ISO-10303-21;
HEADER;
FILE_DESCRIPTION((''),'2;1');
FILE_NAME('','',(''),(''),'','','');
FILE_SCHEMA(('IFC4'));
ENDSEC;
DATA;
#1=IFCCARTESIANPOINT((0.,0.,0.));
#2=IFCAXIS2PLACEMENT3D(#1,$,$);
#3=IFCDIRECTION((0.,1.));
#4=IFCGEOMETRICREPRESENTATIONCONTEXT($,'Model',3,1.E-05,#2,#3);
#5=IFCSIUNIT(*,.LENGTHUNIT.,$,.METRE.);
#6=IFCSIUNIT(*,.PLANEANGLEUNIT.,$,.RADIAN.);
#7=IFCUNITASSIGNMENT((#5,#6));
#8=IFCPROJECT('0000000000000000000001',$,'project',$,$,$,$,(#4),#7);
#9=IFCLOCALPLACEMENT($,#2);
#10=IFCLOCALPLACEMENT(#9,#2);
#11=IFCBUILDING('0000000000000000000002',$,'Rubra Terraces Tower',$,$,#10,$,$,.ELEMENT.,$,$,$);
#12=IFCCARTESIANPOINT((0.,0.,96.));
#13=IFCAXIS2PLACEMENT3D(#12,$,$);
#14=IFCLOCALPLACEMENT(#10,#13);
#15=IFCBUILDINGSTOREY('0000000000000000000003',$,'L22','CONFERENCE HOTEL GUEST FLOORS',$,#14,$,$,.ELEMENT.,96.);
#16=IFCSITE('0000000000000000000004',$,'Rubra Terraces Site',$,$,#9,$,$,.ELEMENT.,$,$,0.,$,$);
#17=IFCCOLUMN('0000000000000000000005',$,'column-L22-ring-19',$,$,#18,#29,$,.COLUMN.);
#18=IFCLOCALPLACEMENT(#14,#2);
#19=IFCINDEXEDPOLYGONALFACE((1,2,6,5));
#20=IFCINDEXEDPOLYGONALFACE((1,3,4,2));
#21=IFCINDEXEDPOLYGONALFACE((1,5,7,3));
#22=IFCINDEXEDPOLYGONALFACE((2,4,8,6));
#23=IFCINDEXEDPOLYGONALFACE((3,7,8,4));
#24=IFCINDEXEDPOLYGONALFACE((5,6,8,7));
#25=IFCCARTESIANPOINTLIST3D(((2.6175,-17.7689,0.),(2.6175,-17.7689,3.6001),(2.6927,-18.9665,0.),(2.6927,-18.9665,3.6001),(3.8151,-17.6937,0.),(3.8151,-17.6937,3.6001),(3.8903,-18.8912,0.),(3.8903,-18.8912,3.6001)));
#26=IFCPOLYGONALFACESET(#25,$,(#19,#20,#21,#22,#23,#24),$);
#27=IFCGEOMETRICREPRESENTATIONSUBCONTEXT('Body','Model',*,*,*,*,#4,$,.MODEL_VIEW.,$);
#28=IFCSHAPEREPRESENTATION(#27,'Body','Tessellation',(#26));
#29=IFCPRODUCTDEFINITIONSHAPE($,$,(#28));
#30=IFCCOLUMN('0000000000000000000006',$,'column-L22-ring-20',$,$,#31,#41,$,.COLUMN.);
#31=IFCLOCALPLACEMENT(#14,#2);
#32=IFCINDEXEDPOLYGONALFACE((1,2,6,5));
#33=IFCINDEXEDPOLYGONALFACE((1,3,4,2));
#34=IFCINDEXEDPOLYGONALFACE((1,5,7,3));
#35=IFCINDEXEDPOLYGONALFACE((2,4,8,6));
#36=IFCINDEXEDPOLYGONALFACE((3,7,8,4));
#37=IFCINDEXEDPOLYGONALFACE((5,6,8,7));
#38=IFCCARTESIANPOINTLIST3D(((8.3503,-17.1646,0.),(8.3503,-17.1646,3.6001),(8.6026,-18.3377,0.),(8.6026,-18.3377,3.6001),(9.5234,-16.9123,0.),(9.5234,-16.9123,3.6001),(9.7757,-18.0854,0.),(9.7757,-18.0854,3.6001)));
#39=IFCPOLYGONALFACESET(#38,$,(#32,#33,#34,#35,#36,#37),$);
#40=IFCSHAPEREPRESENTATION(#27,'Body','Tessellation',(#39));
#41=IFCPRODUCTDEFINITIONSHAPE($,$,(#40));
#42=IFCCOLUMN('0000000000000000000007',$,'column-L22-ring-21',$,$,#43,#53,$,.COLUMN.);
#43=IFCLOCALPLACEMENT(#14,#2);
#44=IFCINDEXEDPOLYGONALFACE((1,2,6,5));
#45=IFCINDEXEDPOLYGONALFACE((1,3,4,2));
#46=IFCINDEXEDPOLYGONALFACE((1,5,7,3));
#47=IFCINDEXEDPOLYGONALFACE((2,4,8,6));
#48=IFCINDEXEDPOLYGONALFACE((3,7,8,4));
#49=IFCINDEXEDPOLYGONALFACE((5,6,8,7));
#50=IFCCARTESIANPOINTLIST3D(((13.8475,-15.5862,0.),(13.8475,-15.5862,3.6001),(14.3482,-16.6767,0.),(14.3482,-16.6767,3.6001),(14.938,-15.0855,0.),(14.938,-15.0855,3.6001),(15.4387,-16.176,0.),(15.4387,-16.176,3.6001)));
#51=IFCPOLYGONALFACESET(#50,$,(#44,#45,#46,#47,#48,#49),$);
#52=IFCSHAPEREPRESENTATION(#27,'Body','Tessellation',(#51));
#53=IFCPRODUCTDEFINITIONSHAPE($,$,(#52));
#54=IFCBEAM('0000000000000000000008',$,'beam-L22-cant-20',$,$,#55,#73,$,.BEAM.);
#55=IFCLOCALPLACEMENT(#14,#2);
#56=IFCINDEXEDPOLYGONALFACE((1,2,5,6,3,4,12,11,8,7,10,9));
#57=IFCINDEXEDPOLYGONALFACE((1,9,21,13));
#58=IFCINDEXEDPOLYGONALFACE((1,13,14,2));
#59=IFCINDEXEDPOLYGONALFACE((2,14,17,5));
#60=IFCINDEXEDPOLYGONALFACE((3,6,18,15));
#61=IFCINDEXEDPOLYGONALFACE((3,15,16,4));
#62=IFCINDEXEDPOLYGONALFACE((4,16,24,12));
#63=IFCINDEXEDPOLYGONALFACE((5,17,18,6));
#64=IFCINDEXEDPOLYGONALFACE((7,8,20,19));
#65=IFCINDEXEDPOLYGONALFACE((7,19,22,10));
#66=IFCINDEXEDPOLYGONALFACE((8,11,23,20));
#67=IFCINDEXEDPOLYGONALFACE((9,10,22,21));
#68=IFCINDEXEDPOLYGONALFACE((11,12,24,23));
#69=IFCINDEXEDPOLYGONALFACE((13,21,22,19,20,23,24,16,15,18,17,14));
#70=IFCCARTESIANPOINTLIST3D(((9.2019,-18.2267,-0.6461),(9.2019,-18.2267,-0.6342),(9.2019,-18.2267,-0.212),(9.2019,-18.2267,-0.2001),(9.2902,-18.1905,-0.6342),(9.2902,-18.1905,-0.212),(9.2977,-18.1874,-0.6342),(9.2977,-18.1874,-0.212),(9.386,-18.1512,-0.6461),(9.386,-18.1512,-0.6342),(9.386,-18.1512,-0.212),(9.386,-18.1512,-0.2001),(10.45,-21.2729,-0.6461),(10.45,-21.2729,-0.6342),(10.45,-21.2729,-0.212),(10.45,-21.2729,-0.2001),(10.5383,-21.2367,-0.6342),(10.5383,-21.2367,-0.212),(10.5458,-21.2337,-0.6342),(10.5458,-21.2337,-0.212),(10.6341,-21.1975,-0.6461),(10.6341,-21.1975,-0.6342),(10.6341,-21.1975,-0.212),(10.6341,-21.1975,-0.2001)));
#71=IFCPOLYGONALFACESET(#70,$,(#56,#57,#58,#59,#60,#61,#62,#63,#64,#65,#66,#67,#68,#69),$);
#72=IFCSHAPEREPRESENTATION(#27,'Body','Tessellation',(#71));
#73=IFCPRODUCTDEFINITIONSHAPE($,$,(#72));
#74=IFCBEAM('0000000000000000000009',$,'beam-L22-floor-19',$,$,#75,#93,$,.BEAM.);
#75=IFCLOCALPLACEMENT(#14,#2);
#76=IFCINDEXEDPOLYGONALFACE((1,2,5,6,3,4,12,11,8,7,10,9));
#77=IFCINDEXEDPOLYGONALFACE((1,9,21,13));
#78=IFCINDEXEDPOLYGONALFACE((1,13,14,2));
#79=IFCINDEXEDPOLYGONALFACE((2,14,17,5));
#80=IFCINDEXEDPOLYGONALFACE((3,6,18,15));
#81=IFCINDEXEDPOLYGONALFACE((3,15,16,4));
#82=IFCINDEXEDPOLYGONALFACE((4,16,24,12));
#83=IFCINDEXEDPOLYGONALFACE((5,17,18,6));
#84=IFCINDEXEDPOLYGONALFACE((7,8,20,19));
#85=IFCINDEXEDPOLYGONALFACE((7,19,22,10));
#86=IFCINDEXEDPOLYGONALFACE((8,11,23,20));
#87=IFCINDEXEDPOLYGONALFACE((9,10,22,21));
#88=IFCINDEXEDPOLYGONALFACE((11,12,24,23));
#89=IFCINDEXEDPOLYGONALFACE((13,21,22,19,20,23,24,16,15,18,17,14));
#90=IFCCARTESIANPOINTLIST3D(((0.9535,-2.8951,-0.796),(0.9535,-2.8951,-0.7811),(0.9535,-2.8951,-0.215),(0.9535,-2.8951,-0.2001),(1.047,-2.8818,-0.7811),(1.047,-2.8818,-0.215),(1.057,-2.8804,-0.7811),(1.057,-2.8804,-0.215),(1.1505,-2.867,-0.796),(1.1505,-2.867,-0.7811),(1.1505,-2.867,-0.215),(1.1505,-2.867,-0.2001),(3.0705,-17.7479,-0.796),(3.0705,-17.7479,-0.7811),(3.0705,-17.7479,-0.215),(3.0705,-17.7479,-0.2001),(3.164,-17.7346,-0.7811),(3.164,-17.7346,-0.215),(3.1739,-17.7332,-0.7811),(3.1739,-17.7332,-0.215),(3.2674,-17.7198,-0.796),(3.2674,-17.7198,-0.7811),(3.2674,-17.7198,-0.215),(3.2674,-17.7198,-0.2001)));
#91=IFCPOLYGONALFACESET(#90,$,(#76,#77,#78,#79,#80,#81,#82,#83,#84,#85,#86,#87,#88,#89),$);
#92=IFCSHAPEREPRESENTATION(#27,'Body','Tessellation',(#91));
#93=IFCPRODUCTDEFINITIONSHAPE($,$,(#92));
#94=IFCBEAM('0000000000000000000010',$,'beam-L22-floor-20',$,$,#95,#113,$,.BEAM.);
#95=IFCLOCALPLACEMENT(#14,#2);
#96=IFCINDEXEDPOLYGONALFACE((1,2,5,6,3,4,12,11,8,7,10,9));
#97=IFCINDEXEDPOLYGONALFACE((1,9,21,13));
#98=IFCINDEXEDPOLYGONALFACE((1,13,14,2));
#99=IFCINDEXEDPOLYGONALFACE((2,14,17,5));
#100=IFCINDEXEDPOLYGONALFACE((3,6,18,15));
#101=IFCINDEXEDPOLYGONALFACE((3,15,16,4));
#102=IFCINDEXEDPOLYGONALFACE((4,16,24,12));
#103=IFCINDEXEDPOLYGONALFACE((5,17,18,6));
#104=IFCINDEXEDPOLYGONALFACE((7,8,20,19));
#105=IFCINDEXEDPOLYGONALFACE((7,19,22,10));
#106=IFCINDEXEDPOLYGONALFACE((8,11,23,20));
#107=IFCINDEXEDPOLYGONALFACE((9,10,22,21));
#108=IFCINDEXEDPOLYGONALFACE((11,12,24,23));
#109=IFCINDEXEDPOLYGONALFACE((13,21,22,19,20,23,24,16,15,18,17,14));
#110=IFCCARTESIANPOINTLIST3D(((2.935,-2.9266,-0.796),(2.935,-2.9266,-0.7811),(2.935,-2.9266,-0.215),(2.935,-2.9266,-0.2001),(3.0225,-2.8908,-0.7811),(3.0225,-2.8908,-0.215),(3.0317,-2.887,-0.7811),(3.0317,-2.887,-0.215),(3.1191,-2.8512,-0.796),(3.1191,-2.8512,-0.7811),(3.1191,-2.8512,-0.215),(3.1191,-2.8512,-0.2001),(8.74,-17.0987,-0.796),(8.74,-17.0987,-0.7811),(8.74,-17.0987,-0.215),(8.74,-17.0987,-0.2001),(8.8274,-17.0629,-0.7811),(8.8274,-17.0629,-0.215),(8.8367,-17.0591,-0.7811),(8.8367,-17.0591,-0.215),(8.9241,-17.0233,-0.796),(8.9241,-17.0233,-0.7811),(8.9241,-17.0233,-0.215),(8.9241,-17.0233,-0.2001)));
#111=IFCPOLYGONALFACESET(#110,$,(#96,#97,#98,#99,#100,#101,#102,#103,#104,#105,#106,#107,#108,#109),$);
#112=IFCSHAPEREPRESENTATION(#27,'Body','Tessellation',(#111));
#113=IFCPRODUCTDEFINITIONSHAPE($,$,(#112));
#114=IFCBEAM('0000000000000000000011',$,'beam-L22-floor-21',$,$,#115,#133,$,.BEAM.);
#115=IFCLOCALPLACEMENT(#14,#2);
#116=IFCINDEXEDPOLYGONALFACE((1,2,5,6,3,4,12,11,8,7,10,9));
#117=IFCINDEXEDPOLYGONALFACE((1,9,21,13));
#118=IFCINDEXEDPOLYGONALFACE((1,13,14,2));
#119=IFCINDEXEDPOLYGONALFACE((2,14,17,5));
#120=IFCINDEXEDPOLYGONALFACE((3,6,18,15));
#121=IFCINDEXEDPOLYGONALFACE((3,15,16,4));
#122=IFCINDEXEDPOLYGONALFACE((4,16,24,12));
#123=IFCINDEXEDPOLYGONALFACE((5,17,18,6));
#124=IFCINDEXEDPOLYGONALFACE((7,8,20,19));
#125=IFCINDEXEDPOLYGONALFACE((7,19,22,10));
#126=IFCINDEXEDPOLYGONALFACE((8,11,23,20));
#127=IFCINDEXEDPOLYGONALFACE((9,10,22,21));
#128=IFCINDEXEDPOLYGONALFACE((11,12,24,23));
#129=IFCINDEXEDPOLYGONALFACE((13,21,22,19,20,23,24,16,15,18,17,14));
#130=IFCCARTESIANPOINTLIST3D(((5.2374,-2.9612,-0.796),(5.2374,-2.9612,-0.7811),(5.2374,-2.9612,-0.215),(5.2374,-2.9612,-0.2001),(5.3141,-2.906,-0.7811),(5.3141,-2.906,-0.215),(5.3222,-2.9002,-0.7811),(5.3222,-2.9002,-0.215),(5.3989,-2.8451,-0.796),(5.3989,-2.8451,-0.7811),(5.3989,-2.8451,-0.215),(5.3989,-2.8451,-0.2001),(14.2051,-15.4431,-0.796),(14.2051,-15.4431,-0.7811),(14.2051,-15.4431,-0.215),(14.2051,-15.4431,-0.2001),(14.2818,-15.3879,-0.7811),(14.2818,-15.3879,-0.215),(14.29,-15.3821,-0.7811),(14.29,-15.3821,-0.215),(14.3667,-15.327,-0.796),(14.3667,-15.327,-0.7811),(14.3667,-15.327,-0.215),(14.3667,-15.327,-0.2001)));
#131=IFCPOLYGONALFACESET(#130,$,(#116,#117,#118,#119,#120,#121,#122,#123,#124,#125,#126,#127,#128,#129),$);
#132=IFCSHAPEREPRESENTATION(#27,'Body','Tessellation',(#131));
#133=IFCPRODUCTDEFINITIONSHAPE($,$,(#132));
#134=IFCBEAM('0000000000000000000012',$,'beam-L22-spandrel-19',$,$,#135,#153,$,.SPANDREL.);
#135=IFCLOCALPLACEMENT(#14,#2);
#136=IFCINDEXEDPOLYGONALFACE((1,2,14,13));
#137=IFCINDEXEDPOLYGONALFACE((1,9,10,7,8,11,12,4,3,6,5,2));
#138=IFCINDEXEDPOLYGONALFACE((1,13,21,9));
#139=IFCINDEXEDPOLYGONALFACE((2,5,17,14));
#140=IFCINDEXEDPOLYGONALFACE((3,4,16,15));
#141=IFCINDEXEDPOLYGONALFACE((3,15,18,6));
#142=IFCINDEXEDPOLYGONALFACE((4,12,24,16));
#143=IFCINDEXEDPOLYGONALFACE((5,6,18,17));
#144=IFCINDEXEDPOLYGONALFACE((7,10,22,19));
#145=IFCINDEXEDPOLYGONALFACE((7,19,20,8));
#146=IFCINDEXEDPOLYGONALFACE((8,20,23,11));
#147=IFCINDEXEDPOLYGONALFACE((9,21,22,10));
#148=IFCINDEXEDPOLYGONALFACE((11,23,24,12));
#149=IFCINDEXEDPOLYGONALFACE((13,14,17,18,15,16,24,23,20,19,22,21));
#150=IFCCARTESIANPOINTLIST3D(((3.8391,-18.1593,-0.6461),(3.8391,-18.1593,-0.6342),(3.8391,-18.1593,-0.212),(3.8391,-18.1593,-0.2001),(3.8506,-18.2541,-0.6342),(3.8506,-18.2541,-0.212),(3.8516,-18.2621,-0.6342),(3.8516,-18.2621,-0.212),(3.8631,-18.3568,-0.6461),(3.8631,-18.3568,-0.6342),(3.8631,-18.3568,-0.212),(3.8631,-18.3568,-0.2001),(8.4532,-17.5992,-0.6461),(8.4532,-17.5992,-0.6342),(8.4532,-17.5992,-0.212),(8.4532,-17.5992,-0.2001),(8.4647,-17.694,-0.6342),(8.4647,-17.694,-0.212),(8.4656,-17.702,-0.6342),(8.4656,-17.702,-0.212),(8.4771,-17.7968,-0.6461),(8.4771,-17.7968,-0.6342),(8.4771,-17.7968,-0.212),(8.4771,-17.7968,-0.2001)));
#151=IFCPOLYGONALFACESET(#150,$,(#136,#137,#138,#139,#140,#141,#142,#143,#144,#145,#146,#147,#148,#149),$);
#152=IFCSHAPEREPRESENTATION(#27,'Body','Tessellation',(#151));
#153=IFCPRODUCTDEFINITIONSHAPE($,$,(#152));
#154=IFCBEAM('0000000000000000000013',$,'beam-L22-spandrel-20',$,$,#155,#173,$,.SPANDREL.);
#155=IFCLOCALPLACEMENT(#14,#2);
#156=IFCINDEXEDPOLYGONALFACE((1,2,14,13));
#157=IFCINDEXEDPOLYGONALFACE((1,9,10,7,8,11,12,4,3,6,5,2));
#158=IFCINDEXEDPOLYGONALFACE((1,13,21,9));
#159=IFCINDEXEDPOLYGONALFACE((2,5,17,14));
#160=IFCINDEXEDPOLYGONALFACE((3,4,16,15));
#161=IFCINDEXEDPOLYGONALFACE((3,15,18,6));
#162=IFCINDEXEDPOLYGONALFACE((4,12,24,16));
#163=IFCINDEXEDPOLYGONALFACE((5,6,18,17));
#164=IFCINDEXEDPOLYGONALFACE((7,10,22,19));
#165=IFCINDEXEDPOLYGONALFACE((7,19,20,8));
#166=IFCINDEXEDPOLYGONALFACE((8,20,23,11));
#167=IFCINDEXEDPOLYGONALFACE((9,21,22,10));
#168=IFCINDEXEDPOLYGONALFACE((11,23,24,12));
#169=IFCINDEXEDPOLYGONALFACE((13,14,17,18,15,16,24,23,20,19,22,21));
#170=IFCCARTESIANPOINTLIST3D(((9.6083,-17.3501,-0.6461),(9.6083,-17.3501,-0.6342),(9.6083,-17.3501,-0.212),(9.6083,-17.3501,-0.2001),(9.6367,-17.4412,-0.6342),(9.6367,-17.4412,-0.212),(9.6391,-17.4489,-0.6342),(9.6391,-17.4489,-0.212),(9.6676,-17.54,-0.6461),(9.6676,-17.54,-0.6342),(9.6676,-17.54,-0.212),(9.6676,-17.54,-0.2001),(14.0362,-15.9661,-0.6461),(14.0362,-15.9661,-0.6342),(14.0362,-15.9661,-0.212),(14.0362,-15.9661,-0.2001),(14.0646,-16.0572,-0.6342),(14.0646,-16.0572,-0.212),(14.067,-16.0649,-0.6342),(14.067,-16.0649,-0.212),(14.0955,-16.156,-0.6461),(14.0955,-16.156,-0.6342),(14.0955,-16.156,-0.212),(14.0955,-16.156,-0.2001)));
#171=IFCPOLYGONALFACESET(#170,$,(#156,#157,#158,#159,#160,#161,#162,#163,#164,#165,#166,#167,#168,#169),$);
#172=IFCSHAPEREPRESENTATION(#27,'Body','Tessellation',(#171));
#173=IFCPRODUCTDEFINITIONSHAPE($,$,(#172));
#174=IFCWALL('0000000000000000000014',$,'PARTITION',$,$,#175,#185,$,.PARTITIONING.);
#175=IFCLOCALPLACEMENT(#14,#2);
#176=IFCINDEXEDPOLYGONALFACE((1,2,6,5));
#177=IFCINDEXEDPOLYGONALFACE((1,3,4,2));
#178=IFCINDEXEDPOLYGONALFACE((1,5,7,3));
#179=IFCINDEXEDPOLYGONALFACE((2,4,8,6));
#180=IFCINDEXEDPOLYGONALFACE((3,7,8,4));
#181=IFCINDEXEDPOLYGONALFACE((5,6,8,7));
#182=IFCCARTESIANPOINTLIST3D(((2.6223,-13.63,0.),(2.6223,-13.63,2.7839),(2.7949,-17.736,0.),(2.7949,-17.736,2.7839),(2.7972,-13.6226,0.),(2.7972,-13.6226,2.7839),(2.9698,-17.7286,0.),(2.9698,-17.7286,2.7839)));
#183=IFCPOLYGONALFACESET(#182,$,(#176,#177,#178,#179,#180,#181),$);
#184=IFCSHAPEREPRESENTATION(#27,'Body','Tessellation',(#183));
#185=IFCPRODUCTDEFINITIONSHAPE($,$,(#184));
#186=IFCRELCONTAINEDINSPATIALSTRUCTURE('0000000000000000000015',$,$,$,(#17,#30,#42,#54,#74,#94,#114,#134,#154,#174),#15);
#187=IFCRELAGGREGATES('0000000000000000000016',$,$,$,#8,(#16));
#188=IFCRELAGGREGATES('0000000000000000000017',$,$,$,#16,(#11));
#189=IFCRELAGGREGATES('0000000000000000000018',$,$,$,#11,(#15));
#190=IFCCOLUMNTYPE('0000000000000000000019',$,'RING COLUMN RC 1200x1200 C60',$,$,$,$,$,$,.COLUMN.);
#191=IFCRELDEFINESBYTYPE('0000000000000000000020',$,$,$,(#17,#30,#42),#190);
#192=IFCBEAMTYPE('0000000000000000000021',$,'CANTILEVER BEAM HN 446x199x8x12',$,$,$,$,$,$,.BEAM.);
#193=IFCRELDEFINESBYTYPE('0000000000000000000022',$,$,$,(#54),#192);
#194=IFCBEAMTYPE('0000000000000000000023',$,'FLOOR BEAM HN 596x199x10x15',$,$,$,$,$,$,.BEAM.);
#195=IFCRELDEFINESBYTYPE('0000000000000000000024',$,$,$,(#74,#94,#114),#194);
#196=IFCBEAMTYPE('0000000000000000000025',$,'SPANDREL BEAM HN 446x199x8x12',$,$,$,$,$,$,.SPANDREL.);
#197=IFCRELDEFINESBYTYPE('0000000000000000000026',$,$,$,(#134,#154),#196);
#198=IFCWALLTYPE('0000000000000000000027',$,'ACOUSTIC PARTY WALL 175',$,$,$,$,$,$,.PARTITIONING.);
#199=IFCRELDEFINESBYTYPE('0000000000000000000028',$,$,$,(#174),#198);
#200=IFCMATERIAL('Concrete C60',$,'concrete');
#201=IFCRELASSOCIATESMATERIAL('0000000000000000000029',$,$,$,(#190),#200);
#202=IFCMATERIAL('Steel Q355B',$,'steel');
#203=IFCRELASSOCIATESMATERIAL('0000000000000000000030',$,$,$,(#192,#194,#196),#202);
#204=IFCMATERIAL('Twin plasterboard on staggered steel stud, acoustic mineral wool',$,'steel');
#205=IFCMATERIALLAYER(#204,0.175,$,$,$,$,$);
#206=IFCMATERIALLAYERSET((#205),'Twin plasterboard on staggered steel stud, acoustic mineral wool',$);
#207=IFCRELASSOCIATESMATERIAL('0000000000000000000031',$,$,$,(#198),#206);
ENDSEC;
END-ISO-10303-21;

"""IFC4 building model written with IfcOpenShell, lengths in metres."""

from ifc_helpers import new_model, si_unit, direction, frame, frame_2d, origin, origin_2d, place, context, subcontext, project, spatial, rectangle, i_section, extrude, material, layer, layer_set, material_profile, profile_set, type_object, element, save


model = new_model("IFC4")

# Units and contexts
model_context = context("Model", 3, precision=1e-05, world=origin(), true_north=direction((0.0, 1.0)))
body_context = subcontext(model_context, "Body", "Model", "MODEL_VIEW")
ifc_project = project(units=[si_unit("LENGTHUNIT", "METRE"), si_unit("PLANEANGLEUNIT", "RADIAN")], contexts=[model_context])

# Site, building, storey
site_placement = place(None, origin())
site = spatial("IfcSite", under=ifc_project, at=site_placement, Name="Rubra Terraces Site", CompositionType="ELEMENT", RefElevation=0.0)
building_placement = place(site_placement, origin())
building = spatial("IfcBuilding", under=site, at=building_placement, Name="Rubra Terraces Tower", CompositionType="ELEMENT")
storey_placement = place(building_placement, frame((0.0, 0.0, 96.0)))
storey = spatial("IfcBuildingStorey", under=building, at=storey_placement, Name="L22", Description="CONFERENCE HOTEL GUEST FLOORS", CompositionType="ELEMENT", Elevation=96.0)

# Columns
ifc_material_1 = material(Name="Concrete C60", Category="concrete")
ifc_material_profile_1 = material_profile(ifc_material_1, rectangle(XDim=1.2, YDim=1.2, at=origin_2d()), Name="RC 1200x1200")
ifc_profile_set_1 = profile_set([ifc_material_profile_1], Name="Concrete C60")
column_type = type_object("IfcColumnType", Name="RING COLUMN RC 1200x1200 C60", PredefinedType="COLUMN", material=ifc_profile_set_1)
for number, where, z_axis, x_axis, name in (
    (1, (3.2539, -18.3301, 0.0), (0.0, 0.0, 1.0), (0.998032, 0.062714, 0.0), "column-L22-ring-19"),
    (2, (9.063, -17.625, 0.0), (0.0, 0.0, 1.0), (0.977653, 0.210227, 0.0), "column-L22-ring-20"),
    (3, (14.6431, -15.8811, 0.0), (0.0, 0.0, 1.0), (0.908779, 0.417279, 0.0), "column-L22-ring-21"),
):
    element("IfcColumn", number, at=place(storey_placement, frame(where, z_axis=z_axis, x_axis=x_axis)), inside=storey, type_object=column_type, Name=name, PredefinedType="COLUMN", context=body_context, shape_type="SweptSolid", body=[
        extrude(rectangle(XDim=1.2, YDim=1.2, at=origin_2d()), origin(), (0.0, 0.0, 1.0), 3.6001),
    ])

# Beams
ifc_material_2 = material(Name="Steel Q355B", Category="steel")
ifc_material_profile_2 = material_profile(ifc_material_2, i_section(OverallWidth=0.199, OverallDepth=0.446, WebThickness=0.0081, FlangeThickness=0.012, at=origin_2d()), Name="HN 446x199x8x12")
ifc_profile_set_2 = profile_set([ifc_material_profile_2], Name="Steel Q355B")
beam_type_1 = type_object("IfcBeamType", Name="CANTILEVER BEAM HN 446x199x8x12", PredefinedType="BEAM", material=ifc_profile_set_2)
beam_1_placement = place(storey_placement, frame((9.2939, -18.189, -0.4231), z_axis=(0.379127, -0.925345, 0.0), x_axis=(0.925345, 0.379127, 0.0)))
element("IfcBeam", 4, at=beam_1_placement, inside=storey, type_object=beam_type_1, Name="beam-L22-cant-20", PredefinedType="BEAM", context=body_context, shape_type="SweptSolid", body=[
    extrude(i_section(OverallWidth=0.199, OverallDepth=0.446, WebThickness=0.0081, FlangeThickness=0.012, at=origin_2d()), origin(), (0.0, 0.0, 1.0), 3.292),
])
ifc_material_profile_3 = material_profile(ifc_material_2, i_section(OverallWidth=0.199, OverallDepth=0.5959, WebThickness=0.01, FlangeThickness=0.0149, at=origin_2d()), Name="HN 596x199x10x15")
ifc_profile_set_3 = profile_set([ifc_material_profile_3], Name="Steel Q355B")
beam_type_2 = type_object("IfcBeamType", Name="FLOOR BEAM HN 596x199x10x15", PredefinedType="BEAM", material=ifc_profile_set_3)
beam_2_placement = place(storey_placement, frame((3.1689, -17.7339, -0.498), z_axis=(-0.141102, 0.989995, 0.0), x_axis=(-0.989995, -0.141102, 0.0)))
element("IfcBeam", 5, at=beam_2_placement, inside=storey, type_object=beam_type_2, Name="beam-L22-floor-19", PredefinedType="BEAM", context=body_context, shape_type="SweptSolid", body=[
    extrude(i_section(OverallWidth=0.199, OverallDepth=0.5959, WebThickness=0.01, FlangeThickness=0.0149, at=origin_2d()), origin(), (0.0, 0.0, 1.0), 15.0029),
])
beam_3_placement = place(storey_placement, frame((8.832, -17.061, -0.498), z_axis=(-0.379038, 0.925381, 0.0), x_axis=(-0.925381, -0.379038, 0.0)))
element("IfcBeam", 6, at=beam_3_placement, inside=storey, type_object=beam_type_2, Name="beam-L22-floor-20", PredefinedType="BEAM", context=body_context, shape_type="SweptSolid", body=[
    extrude(i_section(OverallWidth=0.199, OverallDepth=0.5959, WebThickness=0.01, FlangeThickness=0.0149, at=origin_2d()), origin(), (0.0, 0.0, 1.0), 15.3149),
])
beam_4_placement = place(storey_placement, frame((14.2859, -15.385, -0.498), z_axis=(-0.583481, 0.812127, 0.0), x_axis=(-0.812127, -0.583481, 0.0)))
element("IfcBeam", 7, at=beam_4_placement, inside=storey, type_object=beam_type_2, Name="beam-L22-floor-21", PredefinedType="BEAM", context=body_context, shape_type="SweptSolid", body=[
    extrude(i_section(OverallWidth=0.199, OverallDepth=0.5959, WebThickness=0.01, FlangeThickness=0.0149, at=origin_2d()), origin(), (0.0, 0.0, 1.0), 15.3694),
])
ifc_material_profile_4 = material_profile(ifc_material_2, i_section(OverallWidth=0.199, OverallDepth=0.446, WebThickness=0.0081, FlangeThickness=0.012, at=origin_2d()), Name="HN 446x199x8x12")
ifc_profile_set_4 = profile_set([ifc_material_profile_4], Name="Steel Q355B")
beam_type_3 = type_object("IfcBeamType", Name="SPANDREL BEAM HN 446x199x8x12", PredefinedType="SPANDREL", material=ifc_profile_set_4)
beam_5_placement = place(storey_placement, frame((3.8511, -18.2581, -0.4231), z_axis=(0.992714, 0.120498, 0.0), x_axis=(-0.120498, 0.992714, 0.0)))
element("IfcBeam", 8, at=beam_5_placement, inside=storey, type_object=beam_type_3, Name="beam-L22-spandrel-19", PredefinedType="SPANDREL", context=body_context, shape_type="SweptSolid", body=[
    extrude(i_section(OverallWidth=0.199, OverallDepth=0.446, WebThickness=0.0081, FlangeThickness=0.012, at=origin_2d()), origin(), (0.0, 0.0, 1.0), 4.6479),
])
beam_6_placement = place(storey_placement, frame((9.6379, -17.4451, -0.4231), z_axis=(0.954462, 0.298332, 0.0), x_axis=(-0.298332, 0.954462, 0.0)))
element("IfcBeam", 9, at=beam_6_placement, inside=storey, type_object=beam_type_3, Name="beam-L22-spandrel-20", PredefinedType="SPANDREL", context=body_context, shape_type="SweptSolid", body=[
    extrude(i_section(OverallWidth=0.199, OverallDepth=0.446, WebThickness=0.0081, FlangeThickness=0.012, at=origin_2d()), origin(), (0.0, 0.0, 1.0), 4.6392),
])

# Wall
ifc_material_3 = material(Name="Twin plasterboard on staggered steel stud, acoustic mineral wool", Category="steel")
ifc_layer_1 = layer(ifc_material_3, 0.175)
ifc_layer_set_1 = layer_set([ifc_layer_1], Name="Twin plasterboard on staggered steel stud, acoustic mineral wool")
wall_type_1 = type_object("IfcWallType", Name="ACOUSTIC PARTY WALL 175", PredefinedType="PARTITIONING", material=ifc_layer_set_1)
wall_1_placement = place(storey_placement, frame((2.8823, -17.7322, 0.0), z_axis=(0.0, 0.0, 1.0), x_axis=(-0.042001, 0.999118, 0.0)))
element("IfcWall", 10, at=wall_1_placement, inside=storey, type_object=wall_type_1, Name="PARTITION", PredefinedType="PARTITIONING", context=body_context, shape_type="SweptSolid", body=[
    extrude(rectangle(XDim=4.1096, YDim=0.175, at=frame_2d((2.0547, 0.0))), origin(), (0.0, 0.0, 1.0), 2.7839),
])

save(model, "model.ifc")
